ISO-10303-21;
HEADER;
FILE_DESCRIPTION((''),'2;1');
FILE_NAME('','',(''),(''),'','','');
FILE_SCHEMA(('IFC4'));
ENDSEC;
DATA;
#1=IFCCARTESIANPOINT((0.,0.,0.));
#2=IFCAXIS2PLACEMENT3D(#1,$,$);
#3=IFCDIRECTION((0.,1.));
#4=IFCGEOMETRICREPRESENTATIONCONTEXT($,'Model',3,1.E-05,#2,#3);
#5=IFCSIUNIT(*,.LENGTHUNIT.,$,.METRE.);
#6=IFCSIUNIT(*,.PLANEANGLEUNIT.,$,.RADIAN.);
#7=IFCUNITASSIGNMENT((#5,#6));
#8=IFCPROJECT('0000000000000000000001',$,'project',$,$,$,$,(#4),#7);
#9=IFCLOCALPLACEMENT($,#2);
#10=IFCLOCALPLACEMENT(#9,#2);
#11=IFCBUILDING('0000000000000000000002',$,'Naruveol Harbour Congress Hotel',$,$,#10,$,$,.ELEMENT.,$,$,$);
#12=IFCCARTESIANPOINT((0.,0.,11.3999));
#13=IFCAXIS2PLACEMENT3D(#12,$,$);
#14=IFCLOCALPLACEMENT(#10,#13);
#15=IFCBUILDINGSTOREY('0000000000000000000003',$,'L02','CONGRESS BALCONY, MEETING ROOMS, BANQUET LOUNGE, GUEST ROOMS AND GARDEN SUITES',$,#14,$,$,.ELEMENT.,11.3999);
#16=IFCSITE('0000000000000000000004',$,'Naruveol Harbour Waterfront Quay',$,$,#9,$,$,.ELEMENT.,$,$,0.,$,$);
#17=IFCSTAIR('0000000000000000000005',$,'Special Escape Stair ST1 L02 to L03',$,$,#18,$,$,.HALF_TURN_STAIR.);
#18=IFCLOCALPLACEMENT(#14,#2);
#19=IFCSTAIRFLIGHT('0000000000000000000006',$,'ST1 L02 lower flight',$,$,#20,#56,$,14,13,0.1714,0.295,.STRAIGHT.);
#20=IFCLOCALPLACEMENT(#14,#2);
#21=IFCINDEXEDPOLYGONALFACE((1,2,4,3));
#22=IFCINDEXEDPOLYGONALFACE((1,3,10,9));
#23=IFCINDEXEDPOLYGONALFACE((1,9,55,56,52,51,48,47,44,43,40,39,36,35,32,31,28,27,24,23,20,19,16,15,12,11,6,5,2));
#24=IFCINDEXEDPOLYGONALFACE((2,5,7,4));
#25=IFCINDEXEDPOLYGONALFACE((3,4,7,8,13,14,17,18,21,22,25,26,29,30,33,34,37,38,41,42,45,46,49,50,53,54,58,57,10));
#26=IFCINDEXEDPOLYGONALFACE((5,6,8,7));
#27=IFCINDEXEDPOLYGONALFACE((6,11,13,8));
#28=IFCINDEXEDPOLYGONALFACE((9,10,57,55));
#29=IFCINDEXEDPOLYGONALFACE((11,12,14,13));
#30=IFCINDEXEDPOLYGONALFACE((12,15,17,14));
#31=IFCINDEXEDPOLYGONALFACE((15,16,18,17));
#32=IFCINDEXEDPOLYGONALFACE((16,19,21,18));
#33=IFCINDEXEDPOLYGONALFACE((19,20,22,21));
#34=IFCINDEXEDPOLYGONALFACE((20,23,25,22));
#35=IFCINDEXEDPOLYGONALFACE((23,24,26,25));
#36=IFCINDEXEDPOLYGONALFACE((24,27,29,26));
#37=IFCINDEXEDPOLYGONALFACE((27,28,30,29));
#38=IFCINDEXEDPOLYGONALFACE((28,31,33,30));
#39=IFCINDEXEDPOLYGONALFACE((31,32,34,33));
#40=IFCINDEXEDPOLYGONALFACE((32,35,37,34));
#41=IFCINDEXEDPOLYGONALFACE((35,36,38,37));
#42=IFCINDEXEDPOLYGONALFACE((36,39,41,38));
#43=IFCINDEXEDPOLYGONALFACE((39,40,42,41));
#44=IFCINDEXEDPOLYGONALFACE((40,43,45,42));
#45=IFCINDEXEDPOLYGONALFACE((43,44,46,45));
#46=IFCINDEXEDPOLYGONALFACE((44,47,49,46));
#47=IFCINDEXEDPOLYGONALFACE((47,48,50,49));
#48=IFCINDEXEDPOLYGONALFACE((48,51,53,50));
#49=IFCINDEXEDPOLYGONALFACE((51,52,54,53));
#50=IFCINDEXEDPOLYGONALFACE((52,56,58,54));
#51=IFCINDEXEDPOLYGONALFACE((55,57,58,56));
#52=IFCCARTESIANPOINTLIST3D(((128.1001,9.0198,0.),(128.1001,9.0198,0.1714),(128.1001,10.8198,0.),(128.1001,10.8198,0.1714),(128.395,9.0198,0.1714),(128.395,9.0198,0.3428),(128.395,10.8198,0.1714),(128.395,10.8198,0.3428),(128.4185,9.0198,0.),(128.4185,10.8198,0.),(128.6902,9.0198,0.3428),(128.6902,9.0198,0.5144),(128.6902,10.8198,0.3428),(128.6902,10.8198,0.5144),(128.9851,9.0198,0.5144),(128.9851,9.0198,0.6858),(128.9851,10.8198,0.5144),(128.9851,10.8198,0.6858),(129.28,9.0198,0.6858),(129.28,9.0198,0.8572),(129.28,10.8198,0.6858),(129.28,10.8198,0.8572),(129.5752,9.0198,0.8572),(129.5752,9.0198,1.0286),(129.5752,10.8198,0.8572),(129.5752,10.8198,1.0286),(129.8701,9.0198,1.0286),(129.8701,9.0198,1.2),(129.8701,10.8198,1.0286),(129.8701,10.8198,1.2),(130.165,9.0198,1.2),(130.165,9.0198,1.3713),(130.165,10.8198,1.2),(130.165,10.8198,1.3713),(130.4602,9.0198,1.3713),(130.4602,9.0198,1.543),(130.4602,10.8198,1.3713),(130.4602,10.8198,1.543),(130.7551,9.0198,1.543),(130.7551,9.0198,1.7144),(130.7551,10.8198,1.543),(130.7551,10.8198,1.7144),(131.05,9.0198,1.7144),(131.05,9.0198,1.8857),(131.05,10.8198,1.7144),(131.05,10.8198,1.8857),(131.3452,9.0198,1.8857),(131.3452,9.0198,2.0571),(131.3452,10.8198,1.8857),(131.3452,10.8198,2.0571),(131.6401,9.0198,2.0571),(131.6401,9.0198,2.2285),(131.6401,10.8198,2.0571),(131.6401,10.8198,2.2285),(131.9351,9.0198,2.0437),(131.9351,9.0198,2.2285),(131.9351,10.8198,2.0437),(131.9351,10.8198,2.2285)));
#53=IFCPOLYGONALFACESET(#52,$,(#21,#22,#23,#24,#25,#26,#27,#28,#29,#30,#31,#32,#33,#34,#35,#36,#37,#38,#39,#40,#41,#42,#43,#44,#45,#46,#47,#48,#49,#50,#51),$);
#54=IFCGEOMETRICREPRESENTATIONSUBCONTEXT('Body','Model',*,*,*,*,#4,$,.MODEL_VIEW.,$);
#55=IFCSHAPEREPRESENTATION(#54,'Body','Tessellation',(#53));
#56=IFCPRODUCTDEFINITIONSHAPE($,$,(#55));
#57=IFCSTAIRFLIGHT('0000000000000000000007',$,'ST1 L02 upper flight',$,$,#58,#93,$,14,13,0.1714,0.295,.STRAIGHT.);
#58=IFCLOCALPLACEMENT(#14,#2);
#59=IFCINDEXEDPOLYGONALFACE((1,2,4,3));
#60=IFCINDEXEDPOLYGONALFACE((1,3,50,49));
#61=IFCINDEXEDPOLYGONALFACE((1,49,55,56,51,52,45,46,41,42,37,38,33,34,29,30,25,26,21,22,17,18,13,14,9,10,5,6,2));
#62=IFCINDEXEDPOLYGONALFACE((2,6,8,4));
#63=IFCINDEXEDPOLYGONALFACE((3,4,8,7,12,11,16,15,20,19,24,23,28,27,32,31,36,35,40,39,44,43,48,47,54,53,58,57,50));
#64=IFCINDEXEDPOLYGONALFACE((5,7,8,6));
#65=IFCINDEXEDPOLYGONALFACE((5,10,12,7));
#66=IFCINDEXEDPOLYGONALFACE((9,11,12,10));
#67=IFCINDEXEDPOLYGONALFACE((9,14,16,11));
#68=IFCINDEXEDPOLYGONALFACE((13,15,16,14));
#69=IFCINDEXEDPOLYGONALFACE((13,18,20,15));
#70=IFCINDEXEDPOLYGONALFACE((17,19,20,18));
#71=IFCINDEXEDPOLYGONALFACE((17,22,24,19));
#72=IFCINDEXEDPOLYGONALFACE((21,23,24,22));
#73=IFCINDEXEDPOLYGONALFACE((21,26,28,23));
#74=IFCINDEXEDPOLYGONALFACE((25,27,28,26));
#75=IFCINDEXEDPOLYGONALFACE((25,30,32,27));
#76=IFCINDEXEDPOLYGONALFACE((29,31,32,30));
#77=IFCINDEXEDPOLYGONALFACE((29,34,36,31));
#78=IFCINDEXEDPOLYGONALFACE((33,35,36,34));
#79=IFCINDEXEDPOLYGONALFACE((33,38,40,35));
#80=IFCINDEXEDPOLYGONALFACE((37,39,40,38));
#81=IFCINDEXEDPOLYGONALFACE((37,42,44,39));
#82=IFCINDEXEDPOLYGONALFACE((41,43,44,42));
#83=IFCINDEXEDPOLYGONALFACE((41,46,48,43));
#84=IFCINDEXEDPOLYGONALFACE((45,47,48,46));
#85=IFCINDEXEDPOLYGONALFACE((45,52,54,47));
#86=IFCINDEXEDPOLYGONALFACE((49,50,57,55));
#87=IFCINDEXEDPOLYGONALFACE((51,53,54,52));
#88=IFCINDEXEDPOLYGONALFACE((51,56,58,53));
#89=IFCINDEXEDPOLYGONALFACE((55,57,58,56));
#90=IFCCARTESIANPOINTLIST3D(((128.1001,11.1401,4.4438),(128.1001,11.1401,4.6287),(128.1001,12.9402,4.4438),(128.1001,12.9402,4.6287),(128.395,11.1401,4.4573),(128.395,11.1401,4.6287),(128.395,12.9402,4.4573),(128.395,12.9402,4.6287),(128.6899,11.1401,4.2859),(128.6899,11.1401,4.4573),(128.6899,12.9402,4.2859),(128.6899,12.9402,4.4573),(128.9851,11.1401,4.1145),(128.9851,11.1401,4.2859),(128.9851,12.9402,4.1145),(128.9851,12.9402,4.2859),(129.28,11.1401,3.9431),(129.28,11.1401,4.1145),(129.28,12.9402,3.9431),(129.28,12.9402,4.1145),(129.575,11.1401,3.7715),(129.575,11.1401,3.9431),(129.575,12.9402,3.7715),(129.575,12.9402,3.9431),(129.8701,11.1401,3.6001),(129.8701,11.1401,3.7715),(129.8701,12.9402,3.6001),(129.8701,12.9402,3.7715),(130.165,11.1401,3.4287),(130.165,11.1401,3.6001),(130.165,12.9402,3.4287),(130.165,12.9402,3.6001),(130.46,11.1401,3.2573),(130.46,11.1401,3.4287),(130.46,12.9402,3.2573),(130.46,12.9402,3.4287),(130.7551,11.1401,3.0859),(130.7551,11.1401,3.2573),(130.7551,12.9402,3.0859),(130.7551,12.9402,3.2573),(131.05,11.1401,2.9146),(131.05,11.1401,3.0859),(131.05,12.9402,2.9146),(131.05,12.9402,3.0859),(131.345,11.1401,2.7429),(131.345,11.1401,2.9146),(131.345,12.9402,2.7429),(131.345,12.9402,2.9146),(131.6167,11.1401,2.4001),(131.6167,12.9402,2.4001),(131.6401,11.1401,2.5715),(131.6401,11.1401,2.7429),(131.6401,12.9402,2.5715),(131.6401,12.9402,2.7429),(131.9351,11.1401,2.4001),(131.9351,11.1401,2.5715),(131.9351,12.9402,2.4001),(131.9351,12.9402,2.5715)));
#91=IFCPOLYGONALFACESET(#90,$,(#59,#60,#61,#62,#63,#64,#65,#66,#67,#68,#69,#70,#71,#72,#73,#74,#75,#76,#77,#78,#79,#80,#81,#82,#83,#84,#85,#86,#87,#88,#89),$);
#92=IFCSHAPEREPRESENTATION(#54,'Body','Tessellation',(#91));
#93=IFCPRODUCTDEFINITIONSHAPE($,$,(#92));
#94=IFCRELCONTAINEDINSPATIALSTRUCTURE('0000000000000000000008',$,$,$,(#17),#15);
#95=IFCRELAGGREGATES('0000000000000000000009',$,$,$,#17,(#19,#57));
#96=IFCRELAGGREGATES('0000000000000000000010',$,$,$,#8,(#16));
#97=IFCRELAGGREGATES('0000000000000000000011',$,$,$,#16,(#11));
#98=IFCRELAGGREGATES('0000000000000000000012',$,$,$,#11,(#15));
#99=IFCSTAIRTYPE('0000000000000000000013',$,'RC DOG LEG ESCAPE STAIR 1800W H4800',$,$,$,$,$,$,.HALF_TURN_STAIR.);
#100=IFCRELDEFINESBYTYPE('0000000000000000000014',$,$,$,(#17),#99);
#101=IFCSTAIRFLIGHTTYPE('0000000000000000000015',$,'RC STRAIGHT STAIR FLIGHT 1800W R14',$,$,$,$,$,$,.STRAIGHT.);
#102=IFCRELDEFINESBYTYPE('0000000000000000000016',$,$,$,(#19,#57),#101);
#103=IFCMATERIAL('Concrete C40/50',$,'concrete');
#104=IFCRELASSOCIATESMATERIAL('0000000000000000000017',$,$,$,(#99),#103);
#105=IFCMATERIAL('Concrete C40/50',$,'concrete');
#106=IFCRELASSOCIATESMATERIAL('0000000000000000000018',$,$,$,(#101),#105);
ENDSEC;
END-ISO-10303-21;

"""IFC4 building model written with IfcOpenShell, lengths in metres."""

from ifc_helpers import new_model, si_unit, direction, frame, origin, place, context, subcontext, project, spatial, polyline, outline, extrude, material, type_object, element, aggregate, save


model = new_model("IFC4")

# Units and contexts
model_context = context("Model", 3, precision=1e-05, world=origin(), true_north=direction((0.0, 1.0)))
body_context = subcontext(model_context, "Body", "Model", "MODEL_VIEW")
ifc_project = project(units=[si_unit("LENGTHUNIT", "METRE"), si_unit("PLANEANGLEUNIT", "RADIAN")], contexts=[model_context])

# Site, building, storey
site_placement = place(None, origin())
site = spatial("IfcSite", under=ifc_project, at=site_placement, Name="Naruveol Harbour Waterfront Quay", CompositionType="ELEMENT", RefElevation=0.0)
building_placement = place(site_placement, origin())
building = spatial("IfcBuilding", under=site, at=building_placement, Name="Naruveol Harbour Congress Hotel", CompositionType="ELEMENT")
storey_placement = place(building_placement, frame((0.0, 0.0, 11.3999)))
storey = spatial("IfcBuildingStorey", under=building, at=storey_placement, Name="L02", Description="CONGRESS BALCONY, MEETING ROOMS, BANQUET LOUNGE, GUEST ROOMS AND GARDEN SUITES", CompositionType="ELEMENT", Elevation=11.3999)

# Stair, stair flights
ifc_material_1 = material(Name="Concrete C40/50", Category="concrete")
stair_type = type_object("IfcStairType", Name="RC DOG LEG ESCAPE STAIR 1800W H4800", PredefinedType="HALF_TURN_STAIR", material=ifc_material_1)
stair_placement = place(storey_placement, origin())
stair = element("IfcStair", 1, at=stair_placement, inside=storey, type_object=stair_type, Name="Special Escape Stair ST1 L02 to L03", PredefinedType="HALF_TURN_STAIR")
ifc_material_2 = material(Name="Concrete C40/50", Category="concrete")
stair_flight_type = type_object("IfcStairFlightType", Name="RC STRAIGHT STAIR FLIGHT 1800W R14", PredefinedType="STRAIGHT", material=ifc_material_2)
stair_flight_1_placement = place(storey_placement, frame((128.1001, 9.9199, 0.0), z_axis=(0.0, 0.0, 1.0), x_axis=(1.0, 0.0, 0.0)))
stair_flight_1 = element("IfcStairFlight", 2, at=stair_flight_1_placement, type_object=stair_flight_type, Name="ST1 L02 lower flight", NumberOfRisers=14, NumberOfTreads=13, PredefinedType="STRAIGHT", RiserHeight=0.1714, TreadLength=0.295, context=body_context, shape_type="SweptSolid", body=[
    extrude(outline(polyline([(0.0, 0.0), (0.0, 0.1714), (0.2949, 0.1714), (0.2949, 0.3428), (0.5901, 0.3428), (0.5901, 0.5144), (0.885, 0.5144), (0.885, 0.6858), (1.1799, 0.6858), (1.1799, 0.8572), (1.4751, 0.8572), (1.4751, 1.0286), (1.77, 1.0286), (1.77, 1.2), (2.0649, 1.2), (2.0649, 1.3713), (2.3601, 1.3713), (2.3601, 1.543), (2.655, 1.543), (2.655, 1.7144), (2.95, 1.7144), (2.95, 1.8857), (3.2451, 1.8857), (3.2451, 2.0571), (3.54, 2.0571), (3.54, 2.2285), (3.835, 2.2285), (3.835, 2.3999), (3.835, 2.0437), (0.3184, 0.0), (0.0, 0.0)])), frame((0.0, 0.8999, 0.0), z_axis=(0.0, -1.0, 0.0), x_axis=(1.0, 0.0, 0.0)), (0.0, 0.0, 1.0), 1.8),
])
stair_flight_2_placement = place(storey_placement, frame((131.9351, 12.04, 2.4001), z_axis=(0.0, 0.0, 1.0), x_axis=(-1.0, 0.0, 0.0)))
stair_flight_2 = element("IfcStairFlight", 3, at=stair_flight_2_placement, type_object=stair_flight_type, Name="ST1 L02 upper flight", NumberOfRisers=14, NumberOfTreads=13, PredefinedType="STRAIGHT", RiserHeight=0.1714, TreadLength=0.295, context=body_context, shape_type="SweptSolid", body=[
    extrude(outline(polyline([(0.0, 0.0), (0.0, 0.1714), (0.2949, 0.1714), (0.2949, 0.3428), (0.5901, 0.3428), (0.5901, 0.5144), (0.885, 0.5144), (0.885, 0.6858), (1.1799, 0.6858), (1.1799, 0.8572), (1.4751, 0.8572), (1.4751, 1.0286), (1.77, 1.0286), (1.77, 1.2), (2.0649, 1.2), (2.0649, 1.3713), (2.3601, 1.3713), (2.3601, 1.543), (2.655, 1.543), (2.655, 1.7144), (2.95, 1.7144), (2.95, 1.8857), (3.2451, 1.8857), (3.2451, 2.0571), (3.54, 2.0571), (3.54, 2.2285), (3.835, 2.2285), (3.835, 2.3999), (3.835, 2.0437), (0.3184, 0.0), (0.0, 0.0)])), frame((0.0, 0.8999, 0.0), z_axis=(0.0, -1.0, 0.0), x_axis=(1.0, 0.0, 0.0)), (0.0, 0.0, 1.0), 1.8),
])
aggregate(stair, [stair_flight_1, stair_flight_2])

save(model, "model.ifc")
